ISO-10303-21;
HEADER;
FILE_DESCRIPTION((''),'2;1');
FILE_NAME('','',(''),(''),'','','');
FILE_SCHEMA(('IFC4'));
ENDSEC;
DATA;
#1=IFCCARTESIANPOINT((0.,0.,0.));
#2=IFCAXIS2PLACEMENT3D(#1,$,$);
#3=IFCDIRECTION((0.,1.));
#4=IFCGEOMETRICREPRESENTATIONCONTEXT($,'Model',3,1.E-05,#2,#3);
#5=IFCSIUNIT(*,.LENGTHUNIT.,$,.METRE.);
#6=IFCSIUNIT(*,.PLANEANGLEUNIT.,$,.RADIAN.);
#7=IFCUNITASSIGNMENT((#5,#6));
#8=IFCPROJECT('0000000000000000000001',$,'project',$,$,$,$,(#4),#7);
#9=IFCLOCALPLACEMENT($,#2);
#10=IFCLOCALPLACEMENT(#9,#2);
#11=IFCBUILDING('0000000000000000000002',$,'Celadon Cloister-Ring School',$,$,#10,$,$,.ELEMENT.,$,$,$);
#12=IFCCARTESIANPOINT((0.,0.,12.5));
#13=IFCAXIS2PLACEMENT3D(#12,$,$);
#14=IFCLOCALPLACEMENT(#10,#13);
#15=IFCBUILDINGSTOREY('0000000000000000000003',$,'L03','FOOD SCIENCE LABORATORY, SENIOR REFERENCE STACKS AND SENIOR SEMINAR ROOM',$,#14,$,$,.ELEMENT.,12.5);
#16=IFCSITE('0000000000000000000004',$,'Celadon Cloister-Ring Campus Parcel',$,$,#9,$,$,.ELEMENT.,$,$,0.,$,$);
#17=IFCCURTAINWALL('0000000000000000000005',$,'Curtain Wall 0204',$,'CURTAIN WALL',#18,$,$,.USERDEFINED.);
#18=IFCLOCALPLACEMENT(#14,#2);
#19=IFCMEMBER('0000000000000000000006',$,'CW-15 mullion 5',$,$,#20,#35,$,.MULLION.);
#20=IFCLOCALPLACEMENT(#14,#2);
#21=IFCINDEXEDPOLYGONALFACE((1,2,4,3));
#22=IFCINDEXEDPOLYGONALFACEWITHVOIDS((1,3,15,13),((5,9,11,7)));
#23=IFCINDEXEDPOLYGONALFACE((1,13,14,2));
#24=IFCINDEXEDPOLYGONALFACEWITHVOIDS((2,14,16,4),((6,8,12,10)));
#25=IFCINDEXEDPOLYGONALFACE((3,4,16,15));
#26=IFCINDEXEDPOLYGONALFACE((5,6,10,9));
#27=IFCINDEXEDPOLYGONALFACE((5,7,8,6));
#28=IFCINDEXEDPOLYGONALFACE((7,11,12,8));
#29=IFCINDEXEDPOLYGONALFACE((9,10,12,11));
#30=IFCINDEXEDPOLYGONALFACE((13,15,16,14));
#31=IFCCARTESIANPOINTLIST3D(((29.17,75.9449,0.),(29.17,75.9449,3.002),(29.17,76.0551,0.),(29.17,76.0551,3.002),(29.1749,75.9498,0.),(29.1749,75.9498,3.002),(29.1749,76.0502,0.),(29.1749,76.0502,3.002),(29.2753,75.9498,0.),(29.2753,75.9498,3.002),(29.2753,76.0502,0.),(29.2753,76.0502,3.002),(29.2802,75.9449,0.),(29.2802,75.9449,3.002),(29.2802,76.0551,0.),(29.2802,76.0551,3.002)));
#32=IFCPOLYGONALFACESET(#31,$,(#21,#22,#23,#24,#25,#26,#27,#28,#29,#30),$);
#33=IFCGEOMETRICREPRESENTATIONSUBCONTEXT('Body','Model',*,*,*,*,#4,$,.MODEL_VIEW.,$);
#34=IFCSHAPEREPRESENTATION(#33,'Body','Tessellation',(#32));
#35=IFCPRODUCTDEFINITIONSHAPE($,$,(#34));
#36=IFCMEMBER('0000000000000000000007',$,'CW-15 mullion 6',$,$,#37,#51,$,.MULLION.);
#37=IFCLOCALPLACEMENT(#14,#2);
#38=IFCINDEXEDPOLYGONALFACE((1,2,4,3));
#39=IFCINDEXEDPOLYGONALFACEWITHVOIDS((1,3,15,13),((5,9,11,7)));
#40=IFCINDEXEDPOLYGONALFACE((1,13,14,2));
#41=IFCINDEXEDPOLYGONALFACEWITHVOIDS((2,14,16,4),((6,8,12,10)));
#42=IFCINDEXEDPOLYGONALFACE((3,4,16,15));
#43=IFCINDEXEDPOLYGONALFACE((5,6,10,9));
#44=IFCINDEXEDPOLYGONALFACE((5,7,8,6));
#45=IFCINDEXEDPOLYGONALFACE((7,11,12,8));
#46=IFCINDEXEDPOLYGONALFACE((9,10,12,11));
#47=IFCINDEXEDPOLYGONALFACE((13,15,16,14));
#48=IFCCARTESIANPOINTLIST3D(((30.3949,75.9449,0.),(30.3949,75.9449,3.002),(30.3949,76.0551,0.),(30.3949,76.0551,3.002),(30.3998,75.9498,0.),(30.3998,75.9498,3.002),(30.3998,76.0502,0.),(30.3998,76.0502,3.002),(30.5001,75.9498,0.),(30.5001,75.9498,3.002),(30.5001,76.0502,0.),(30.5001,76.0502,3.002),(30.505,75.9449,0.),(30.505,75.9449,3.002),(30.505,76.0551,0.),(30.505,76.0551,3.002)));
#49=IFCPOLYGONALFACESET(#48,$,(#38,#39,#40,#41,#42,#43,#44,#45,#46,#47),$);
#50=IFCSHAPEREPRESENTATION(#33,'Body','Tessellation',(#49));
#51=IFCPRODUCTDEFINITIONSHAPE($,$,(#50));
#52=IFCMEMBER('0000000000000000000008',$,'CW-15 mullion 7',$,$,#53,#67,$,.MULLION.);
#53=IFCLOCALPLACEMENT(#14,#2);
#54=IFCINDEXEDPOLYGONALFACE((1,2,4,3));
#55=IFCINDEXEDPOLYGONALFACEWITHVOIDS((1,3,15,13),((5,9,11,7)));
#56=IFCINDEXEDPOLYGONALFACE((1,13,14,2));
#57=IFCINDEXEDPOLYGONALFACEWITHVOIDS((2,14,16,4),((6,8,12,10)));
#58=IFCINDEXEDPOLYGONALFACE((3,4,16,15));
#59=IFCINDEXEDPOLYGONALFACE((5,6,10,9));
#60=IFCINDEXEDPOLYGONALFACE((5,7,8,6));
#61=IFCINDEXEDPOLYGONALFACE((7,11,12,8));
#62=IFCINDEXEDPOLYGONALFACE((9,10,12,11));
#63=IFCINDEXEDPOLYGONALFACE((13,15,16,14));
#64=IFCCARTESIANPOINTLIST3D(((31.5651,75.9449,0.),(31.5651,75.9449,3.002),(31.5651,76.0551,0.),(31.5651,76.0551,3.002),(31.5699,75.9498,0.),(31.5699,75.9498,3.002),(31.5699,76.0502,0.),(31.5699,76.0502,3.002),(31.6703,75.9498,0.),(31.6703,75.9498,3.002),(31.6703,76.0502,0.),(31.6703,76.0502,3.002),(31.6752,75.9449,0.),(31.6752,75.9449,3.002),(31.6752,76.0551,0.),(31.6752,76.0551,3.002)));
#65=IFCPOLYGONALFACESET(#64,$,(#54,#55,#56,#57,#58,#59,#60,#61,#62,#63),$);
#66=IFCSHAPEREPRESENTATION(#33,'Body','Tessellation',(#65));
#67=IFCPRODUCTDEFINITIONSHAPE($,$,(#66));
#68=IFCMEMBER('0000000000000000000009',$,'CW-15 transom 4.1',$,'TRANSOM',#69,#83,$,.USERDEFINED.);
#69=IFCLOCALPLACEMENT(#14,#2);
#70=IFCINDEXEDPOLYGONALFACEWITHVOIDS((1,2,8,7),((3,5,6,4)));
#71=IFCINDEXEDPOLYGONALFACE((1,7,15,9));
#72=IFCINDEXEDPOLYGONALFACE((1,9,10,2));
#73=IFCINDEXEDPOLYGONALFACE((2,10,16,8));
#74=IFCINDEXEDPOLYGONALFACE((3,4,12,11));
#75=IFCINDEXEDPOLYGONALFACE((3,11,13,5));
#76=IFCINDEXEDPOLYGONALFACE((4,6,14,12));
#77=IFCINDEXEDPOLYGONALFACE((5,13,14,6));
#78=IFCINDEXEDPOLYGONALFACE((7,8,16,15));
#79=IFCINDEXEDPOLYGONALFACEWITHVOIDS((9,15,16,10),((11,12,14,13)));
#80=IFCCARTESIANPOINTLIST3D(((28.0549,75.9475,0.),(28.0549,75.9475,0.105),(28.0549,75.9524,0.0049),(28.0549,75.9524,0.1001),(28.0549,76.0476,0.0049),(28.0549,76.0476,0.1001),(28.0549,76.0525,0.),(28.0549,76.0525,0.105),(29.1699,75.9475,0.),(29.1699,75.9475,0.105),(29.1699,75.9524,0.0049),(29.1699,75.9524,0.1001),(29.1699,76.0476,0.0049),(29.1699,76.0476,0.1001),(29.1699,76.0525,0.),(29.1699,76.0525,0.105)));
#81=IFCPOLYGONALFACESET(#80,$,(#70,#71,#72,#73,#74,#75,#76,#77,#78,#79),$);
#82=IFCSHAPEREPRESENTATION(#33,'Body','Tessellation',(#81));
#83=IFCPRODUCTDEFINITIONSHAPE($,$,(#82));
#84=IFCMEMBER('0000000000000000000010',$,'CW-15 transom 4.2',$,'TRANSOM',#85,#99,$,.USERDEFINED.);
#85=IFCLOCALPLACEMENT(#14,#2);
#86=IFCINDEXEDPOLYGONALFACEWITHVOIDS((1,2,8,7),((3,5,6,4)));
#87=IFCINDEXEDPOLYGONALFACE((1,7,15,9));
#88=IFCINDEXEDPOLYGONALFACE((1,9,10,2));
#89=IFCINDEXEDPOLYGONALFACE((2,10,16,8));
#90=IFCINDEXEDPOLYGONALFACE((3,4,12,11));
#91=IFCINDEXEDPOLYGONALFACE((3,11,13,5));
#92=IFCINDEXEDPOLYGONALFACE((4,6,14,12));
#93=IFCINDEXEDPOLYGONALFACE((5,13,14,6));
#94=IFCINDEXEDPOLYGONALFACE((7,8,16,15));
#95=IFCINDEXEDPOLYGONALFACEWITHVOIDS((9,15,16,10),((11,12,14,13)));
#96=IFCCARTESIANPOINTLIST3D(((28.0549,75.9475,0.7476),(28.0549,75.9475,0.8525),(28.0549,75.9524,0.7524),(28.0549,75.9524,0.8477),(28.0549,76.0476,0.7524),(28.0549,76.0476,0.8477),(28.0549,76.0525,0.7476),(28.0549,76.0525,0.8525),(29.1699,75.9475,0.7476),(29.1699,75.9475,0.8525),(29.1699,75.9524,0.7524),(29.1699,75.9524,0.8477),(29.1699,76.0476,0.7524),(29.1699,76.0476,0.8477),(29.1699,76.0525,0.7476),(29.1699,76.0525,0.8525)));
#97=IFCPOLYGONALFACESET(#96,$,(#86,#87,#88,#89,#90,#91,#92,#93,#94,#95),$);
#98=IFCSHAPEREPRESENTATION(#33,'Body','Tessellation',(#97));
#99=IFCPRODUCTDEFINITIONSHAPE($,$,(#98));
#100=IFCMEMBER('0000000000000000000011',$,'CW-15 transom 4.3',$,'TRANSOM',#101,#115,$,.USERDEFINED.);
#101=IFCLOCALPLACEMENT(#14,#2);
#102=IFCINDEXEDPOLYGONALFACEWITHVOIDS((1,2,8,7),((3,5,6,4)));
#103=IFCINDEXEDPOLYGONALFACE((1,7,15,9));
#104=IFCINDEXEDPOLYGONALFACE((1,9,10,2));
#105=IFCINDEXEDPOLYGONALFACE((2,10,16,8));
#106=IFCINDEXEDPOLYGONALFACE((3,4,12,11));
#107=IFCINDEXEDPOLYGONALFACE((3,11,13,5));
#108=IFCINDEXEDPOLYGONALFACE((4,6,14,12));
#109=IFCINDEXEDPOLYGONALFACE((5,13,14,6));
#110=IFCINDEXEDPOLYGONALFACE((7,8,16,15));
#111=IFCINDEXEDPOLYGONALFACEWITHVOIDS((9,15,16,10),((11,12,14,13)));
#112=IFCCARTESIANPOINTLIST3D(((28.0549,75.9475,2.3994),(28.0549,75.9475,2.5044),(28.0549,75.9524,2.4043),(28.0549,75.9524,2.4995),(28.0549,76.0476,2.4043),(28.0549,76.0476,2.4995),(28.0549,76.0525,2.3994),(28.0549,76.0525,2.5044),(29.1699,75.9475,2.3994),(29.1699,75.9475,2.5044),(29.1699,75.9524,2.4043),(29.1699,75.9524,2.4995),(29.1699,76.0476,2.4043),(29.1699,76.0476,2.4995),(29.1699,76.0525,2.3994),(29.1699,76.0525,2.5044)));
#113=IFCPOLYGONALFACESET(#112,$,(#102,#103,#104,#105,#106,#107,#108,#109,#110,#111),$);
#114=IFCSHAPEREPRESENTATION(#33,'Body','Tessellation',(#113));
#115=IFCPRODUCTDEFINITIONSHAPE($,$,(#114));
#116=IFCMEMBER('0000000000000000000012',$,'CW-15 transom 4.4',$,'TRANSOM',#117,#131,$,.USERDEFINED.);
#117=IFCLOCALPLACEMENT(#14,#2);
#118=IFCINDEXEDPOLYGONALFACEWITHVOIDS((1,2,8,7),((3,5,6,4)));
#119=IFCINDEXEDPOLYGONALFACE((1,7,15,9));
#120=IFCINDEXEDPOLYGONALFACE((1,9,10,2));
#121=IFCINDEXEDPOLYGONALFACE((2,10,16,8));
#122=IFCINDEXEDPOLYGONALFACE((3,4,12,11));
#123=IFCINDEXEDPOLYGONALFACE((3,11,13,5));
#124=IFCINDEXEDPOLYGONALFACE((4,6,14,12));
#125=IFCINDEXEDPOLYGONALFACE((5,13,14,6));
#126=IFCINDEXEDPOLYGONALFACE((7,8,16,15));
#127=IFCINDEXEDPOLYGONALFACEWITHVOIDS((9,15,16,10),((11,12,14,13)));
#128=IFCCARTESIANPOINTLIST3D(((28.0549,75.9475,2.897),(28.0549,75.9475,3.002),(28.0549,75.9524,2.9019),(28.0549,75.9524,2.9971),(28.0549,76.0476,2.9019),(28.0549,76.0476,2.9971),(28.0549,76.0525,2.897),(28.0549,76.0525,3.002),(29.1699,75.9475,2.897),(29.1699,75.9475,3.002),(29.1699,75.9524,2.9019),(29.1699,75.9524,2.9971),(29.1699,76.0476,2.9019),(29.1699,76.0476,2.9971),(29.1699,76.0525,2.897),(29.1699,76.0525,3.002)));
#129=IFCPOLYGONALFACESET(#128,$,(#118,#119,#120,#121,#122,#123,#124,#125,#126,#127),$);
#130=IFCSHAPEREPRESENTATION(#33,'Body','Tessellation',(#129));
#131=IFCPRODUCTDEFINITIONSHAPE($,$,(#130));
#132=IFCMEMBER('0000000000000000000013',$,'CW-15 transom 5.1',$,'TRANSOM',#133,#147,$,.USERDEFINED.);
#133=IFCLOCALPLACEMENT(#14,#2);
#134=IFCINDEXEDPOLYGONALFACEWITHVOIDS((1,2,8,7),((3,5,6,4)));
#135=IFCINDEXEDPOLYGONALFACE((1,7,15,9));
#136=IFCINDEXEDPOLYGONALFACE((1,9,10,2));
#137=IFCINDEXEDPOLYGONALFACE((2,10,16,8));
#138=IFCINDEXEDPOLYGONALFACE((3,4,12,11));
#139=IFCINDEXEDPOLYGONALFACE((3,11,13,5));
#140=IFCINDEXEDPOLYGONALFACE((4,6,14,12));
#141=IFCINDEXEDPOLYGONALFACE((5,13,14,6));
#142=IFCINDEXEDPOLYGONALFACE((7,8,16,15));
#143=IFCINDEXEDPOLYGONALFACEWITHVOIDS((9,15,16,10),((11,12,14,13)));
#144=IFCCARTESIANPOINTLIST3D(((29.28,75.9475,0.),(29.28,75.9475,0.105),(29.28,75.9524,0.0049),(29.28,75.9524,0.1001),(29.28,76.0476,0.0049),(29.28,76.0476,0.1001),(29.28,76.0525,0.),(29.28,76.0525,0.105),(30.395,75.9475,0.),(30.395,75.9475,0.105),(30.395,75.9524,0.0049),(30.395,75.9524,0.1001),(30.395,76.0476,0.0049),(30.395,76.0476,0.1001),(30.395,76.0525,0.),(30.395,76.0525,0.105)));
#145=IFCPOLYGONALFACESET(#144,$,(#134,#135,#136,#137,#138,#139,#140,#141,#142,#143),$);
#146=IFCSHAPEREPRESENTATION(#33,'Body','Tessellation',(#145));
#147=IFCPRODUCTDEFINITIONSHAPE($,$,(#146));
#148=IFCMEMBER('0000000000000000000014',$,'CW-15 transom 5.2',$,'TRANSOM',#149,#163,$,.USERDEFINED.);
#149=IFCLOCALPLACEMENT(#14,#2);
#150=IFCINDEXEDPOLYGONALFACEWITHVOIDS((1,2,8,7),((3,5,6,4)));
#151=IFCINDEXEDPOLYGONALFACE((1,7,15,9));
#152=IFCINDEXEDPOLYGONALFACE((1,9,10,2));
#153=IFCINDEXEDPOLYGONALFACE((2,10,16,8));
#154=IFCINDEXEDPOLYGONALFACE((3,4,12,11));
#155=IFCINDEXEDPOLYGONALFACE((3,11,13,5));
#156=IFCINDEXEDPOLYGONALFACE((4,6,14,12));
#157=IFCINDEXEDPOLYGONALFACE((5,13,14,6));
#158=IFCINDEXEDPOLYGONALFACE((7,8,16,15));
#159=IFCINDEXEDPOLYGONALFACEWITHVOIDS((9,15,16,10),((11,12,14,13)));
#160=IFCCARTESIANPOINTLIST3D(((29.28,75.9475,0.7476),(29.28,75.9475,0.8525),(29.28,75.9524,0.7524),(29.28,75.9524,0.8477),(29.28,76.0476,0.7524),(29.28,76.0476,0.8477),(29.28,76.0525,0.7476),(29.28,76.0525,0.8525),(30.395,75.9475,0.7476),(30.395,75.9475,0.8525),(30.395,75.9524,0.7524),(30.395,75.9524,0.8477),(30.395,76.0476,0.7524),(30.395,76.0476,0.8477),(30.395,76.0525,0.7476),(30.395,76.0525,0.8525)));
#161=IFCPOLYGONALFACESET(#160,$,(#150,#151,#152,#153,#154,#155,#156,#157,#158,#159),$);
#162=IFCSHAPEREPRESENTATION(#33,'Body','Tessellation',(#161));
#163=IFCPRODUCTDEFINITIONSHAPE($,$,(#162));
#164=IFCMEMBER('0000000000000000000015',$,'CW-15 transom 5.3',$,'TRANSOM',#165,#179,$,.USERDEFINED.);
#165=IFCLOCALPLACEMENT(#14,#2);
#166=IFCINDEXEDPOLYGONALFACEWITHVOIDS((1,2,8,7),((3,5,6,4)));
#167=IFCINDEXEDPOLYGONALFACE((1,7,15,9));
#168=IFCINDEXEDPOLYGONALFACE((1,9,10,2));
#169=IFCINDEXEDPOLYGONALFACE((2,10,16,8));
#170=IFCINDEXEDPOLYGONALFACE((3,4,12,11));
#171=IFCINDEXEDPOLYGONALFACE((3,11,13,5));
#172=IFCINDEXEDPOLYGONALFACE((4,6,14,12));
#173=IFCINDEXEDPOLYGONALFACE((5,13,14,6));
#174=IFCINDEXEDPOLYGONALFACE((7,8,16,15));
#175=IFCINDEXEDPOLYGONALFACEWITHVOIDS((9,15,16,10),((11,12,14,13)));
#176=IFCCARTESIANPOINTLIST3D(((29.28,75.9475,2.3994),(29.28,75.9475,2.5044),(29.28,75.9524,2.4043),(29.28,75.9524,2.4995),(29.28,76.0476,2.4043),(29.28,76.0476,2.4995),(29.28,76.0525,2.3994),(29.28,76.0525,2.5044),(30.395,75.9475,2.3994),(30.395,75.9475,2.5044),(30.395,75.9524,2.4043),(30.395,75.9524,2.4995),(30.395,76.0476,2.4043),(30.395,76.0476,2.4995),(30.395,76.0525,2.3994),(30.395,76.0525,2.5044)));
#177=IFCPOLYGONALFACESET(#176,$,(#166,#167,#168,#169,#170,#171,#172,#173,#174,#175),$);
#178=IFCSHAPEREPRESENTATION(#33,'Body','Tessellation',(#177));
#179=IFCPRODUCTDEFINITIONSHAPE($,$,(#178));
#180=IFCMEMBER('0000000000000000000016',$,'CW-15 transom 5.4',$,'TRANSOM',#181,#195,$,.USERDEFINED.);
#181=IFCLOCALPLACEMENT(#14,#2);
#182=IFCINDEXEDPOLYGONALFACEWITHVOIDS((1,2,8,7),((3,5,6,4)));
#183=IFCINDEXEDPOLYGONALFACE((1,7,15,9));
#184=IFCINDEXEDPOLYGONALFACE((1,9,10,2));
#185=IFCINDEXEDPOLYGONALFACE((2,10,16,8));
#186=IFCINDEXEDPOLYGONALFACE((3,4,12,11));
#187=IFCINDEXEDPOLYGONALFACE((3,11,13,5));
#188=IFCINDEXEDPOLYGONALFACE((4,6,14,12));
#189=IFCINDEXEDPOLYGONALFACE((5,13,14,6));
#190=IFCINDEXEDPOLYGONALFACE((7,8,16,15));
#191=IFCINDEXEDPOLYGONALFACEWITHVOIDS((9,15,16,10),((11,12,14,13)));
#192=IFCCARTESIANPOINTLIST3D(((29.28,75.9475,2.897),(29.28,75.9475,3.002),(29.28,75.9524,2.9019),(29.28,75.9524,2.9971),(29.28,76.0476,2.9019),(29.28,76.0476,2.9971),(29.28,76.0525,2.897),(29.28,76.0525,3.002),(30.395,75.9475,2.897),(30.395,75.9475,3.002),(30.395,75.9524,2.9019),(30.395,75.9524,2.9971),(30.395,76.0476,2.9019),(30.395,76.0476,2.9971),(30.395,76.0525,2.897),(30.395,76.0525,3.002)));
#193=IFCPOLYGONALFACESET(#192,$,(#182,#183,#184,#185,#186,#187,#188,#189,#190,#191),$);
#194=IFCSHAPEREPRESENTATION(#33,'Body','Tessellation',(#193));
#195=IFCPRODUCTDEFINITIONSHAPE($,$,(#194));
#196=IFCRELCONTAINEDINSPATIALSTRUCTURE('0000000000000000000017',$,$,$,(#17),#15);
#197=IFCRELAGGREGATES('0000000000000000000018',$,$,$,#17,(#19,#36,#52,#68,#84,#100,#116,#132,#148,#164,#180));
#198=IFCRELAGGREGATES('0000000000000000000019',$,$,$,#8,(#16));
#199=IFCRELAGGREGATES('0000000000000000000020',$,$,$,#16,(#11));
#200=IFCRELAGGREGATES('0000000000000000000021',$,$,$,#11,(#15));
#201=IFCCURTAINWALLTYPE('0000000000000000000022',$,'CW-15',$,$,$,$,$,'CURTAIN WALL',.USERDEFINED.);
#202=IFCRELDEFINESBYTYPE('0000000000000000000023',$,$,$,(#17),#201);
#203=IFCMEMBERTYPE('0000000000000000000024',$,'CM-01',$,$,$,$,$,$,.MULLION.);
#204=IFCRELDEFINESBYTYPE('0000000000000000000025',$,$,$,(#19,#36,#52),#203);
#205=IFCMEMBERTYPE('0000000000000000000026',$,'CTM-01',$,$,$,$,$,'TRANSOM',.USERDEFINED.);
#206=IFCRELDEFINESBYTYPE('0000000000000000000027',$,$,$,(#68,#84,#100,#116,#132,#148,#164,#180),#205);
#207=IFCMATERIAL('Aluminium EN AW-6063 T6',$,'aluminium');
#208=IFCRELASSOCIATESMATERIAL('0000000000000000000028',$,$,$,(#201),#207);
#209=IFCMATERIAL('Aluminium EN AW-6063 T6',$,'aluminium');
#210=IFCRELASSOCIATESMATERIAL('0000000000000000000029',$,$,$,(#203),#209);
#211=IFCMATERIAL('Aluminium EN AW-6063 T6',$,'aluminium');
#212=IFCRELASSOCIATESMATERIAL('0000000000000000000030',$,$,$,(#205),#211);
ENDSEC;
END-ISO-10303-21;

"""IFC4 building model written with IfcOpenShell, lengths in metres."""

from ifc_helpers import new_model, si_unit, direction, frame, origin, origin_2d, place, context, subcontext, project, spatial, hollow_rectangle, extrude, material, material_profile, profile_set, type_object, element, aggregate, save


model = new_model("IFC4")

# Units and contexts
model_context = context("Model", 3, precision=1e-05, world=origin(), true_north=direction((0.0, 1.0)))
body_context = subcontext(model_context, "Body", "Model", "MODEL_VIEW")
ifc_project = project(units=[si_unit("LENGTHUNIT", "METRE"), si_unit("PLANEANGLEUNIT", "RADIAN")], contexts=[model_context])

# Site, building, storey
site_placement = place(None, origin())
site = spatial("IfcSite", under=ifc_project, at=site_placement, Name="Celadon Cloister-Ring Campus Parcel", CompositionType="ELEMENT", RefElevation=0.0)
building_placement = place(site_placement, origin())
building = spatial("IfcBuilding", under=site, at=building_placement, Name="Celadon Cloister-Ring School", CompositionType="ELEMENT")
storey_placement = place(building_placement, frame((0.0, 0.0, 12.5)))
storey = spatial("IfcBuildingStorey", under=building, at=storey_placement, Name="L03", Description="FOOD SCIENCE LABORATORY, SENIOR REFERENCE STACKS AND SENIOR SEMINAR ROOM", CompositionType="ELEMENT", Elevation=12.5)

# Curtain wall, members
ifc_material_1 = material(Name="Aluminium EN AW-6063 T6", Category="aluminium")
curtain_wall_type = type_object("IfcCurtainWallType", Name="CW-15", ElementType="CURTAIN WALL", PredefinedType="USERDEFINED", material=ifc_material_1)
curtain_wall_placement = place(storey_placement, origin())
curtain_wall = element("IfcCurtainWall", 1, at=curtain_wall_placement, inside=storey, type_object=curtain_wall_type, Name="Curtain Wall 0204", ObjectType="CURTAIN WALL", PredefinedType="USERDEFINED")
ifc_material_2 = material(Name="Aluminium EN AW-6063 T6", Category="aluminium")
ifc_material_profile_1 = material_profile(ifc_material_2, hollow_rectangle(XDim=0.1101, YDim=0.1101, WallThickness=0.0049, at=origin_2d()), Name="RHS110X110X5")
ifc_profile_set_1 = profile_set([ifc_material_profile_1], Name="Aluminium EN AW-6063 T6")
member_type_1 = type_object("IfcMemberType", Name="CM-01", PredefinedType="MULLION", material=ifc_profile_set_1)
member_1_placement = place(storey_placement, frame((29.2251, 76.0, 0.0), z_axis=(0.0, 0.0, 1.0), x_axis=(0.0, 1.0, 0.0)))
member_1 = element("IfcMember", 2, at=member_1_placement, type_object=member_type_1, Name="CW-15 mullion 5", PredefinedType="MULLION", context=body_context, shape_type="SweptSolid", body=[
    extrude(hollow_rectangle(XDim=0.1101, YDim=0.1101, WallThickness=0.0049, at=origin_2d()), origin(), (0.0, 0.0, 1.0), 3.002),
])
member_2_placement = place(storey_placement, frame((30.45, 76.0, 0.0), z_axis=(0.0, 0.0, 1.0), x_axis=(0.0, 1.0, 0.0)))
member_2 = element("IfcMember", 3, at=member_2_placement, type_object=member_type_1, Name="CW-15 mullion 6", PredefinedType="MULLION", context=body_context, shape_type="SweptSolid", body=[
    extrude(hollow_rectangle(XDim=0.1101, YDim=0.1101, WallThickness=0.0049, at=origin_2d()), origin(), (0.0, 0.0, 1.0), 3.002),
])
member_3_placement = place(storey_placement, frame((31.6201, 76.0, 0.0), z_axis=(0.0, 0.0, 1.0), x_axis=(0.0, 1.0, 0.0)))
member_3 = element("IfcMember", 4, at=member_3_placement, type_object=member_type_1, Name="CW-15 mullion 7", PredefinedType="MULLION", context=body_context, shape_type="SweptSolid", body=[
    extrude(hollow_rectangle(XDim=0.1101, YDim=0.1101, WallThickness=0.0049, at=origin_2d()), origin(), (0.0, 0.0, 1.0), 3.002),
])
ifc_material_3 = material(Name="Aluminium EN AW-6063 T6", Category="aluminium")
ifc_material_profile_2 = material_profile(ifc_material_3, hollow_rectangle(XDim=0.105, YDim=0.105, WallThickness=0.0049, at=origin_2d()), Name="RHS105X105X5")
ifc_profile_set_2 = profile_set([ifc_material_profile_2], Name="Aluminium EN AW-6063 T6")
member_type_2 = type_object("IfcMemberType", Name="CTM-01", ElementType="TRANSOM", PredefinedType="USERDEFINED", material=ifc_profile_set_2)
member_4_placement = place(storey_placement, frame((28.0549, 76.0, 0.0525), z_axis=(1.0, 0.0, 0.0), x_axis=(0.0, 1.0, 0.0)))
member_4 = element("IfcMember", 5, at=member_4_placement, type_object=member_type_2, Name="CW-15 transom 4.1", ObjectType="TRANSOM", PredefinedType="USERDEFINED", context=body_context, shape_type="SweptSolid", body=[
    extrude(hollow_rectangle(XDim=0.105, YDim=0.105, WallThickness=0.0049, at=origin_2d()), origin(), (0.0, 0.0, 1.0), 1.115),
])
member_5_placement = place(storey_placement, frame((28.0549, 76.0, 0.8), z_axis=(1.0, 0.0, 0.0), x_axis=(0.0, 1.0, 0.0)))
member_5 = element("IfcMember", 6, at=member_5_placement, type_object=member_type_2, Name="CW-15 transom 4.2", ObjectType="TRANSOM", PredefinedType="USERDEFINED", context=body_context, shape_type="SweptSolid", body=[
    extrude(hollow_rectangle(XDim=0.105, YDim=0.105, WallThickness=0.0049, at=origin_2d()), origin(), (0.0, 0.0, 1.0), 1.115),
])
member_6_placement = place(storey_placement, frame((28.0549, 76.0, 2.4519), z_axis=(1.0, 0.0, 0.0), x_axis=(0.0, 1.0, 0.0)))
member_6 = element("IfcMember", 7, at=member_6_placement, type_object=member_type_2, Name="CW-15 transom 4.3", ObjectType="TRANSOM", PredefinedType="USERDEFINED", context=body_context, shape_type="SweptSolid", body=[
    extrude(hollow_rectangle(XDim=0.105, YDim=0.105, WallThickness=0.0049, at=origin_2d()), origin(), (0.0, 0.0, 1.0), 1.115),
])
member_7_placement = place(storey_placement, frame((28.0549, 76.0, 2.9495), z_axis=(1.0, 0.0, 0.0), x_axis=(0.0, 1.0, 0.0)))
member_7 = element("IfcMember", 8, at=member_7_placement, type_object=member_type_2, Name="CW-15 transom 4.4", ObjectType="TRANSOM", PredefinedType="USERDEFINED", context=body_context, shape_type="SweptSolid", body=[
    extrude(hollow_rectangle(XDim=0.105, YDim=0.105, WallThickness=0.0049, at=origin_2d()), origin(), (0.0, 0.0, 1.0), 1.115),
])
member_8_placement = place(storey_placement, frame((29.28, 76.0, 0.0525), z_axis=(1.0, 0.0, 0.0), x_axis=(0.0, 1.0, 0.0)))
member_8 = element("IfcMember", 9, at=member_8_placement, type_object=member_type_2, Name="CW-15 transom 5.1", ObjectType="TRANSOM", PredefinedType="USERDEFINED", context=body_context, shape_type="SweptSolid", body=[
    extrude(hollow_rectangle(XDim=0.105, YDim=0.105, WallThickness=0.0049, at=origin_2d()), origin(), (0.0, 0.0, 1.0), 1.115),
])
member_9_placement = place(storey_placement, frame((29.28, 76.0, 0.8), z_axis=(1.0, 0.0, 0.0), x_axis=(0.0, 1.0, 0.0)))
member_9 = element("IfcMember", 10, at=member_9_placement, type_object=member_type_2, Name="CW-15 transom 5.2", ObjectType="TRANSOM", PredefinedType="USERDEFINED", context=body_context, shape_type="SweptSolid", body=[
    extrude(hollow_rectangle(XDim=0.105, YDim=0.105, WallThickness=0.0049, at=origin_2d()), origin(), (0.0, 0.0, 1.0), 1.115),
])
member_10_placement = place(storey_placement, frame((29.28, 76.0, 2.4519), z_axis=(1.0, 0.0, 0.0), x_axis=(0.0, 1.0, 0.0)))
member_10 = element("IfcMember", 11, at=member_10_placement, type_object=member_type_2, Name="CW-15 transom 5.3", ObjectType="TRANSOM", PredefinedType="USERDEFINED", context=body_context, shape_type="SweptSolid", body=[
    extrude(hollow_rectangle(XDim=0.105, YDim=0.105, WallThickness=0.0049, at=origin_2d()), origin(), (0.0, 0.0, 1.0), 1.115),
])
member_11_placement = place(storey_placement, frame((29.28, 76.0, 2.9495), z_axis=(1.0, 0.0, 0.0), x_axis=(0.0, 1.0, 0.0)))
member_11 = element("IfcMember", 12, at=member_11_placement, type_object=member_type_2, Name="CW-15 transom 5.4", ObjectType="TRANSOM", PredefinedType="USERDEFINED", context=body_context, shape_type="SweptSolid", body=[
    extrude(hollow_rectangle(XDim=0.105, YDim=0.105, WallThickness=0.0049, at=origin_2d()), origin(), (0.0, 0.0, 1.0), 1.115),
])
aggregate(curtain_wall, [member_1, member_2, member_3, member_4, member_5, member_6, member_7, member_8, member_9, member_10, member_11])

save(model, "model.ifc")
